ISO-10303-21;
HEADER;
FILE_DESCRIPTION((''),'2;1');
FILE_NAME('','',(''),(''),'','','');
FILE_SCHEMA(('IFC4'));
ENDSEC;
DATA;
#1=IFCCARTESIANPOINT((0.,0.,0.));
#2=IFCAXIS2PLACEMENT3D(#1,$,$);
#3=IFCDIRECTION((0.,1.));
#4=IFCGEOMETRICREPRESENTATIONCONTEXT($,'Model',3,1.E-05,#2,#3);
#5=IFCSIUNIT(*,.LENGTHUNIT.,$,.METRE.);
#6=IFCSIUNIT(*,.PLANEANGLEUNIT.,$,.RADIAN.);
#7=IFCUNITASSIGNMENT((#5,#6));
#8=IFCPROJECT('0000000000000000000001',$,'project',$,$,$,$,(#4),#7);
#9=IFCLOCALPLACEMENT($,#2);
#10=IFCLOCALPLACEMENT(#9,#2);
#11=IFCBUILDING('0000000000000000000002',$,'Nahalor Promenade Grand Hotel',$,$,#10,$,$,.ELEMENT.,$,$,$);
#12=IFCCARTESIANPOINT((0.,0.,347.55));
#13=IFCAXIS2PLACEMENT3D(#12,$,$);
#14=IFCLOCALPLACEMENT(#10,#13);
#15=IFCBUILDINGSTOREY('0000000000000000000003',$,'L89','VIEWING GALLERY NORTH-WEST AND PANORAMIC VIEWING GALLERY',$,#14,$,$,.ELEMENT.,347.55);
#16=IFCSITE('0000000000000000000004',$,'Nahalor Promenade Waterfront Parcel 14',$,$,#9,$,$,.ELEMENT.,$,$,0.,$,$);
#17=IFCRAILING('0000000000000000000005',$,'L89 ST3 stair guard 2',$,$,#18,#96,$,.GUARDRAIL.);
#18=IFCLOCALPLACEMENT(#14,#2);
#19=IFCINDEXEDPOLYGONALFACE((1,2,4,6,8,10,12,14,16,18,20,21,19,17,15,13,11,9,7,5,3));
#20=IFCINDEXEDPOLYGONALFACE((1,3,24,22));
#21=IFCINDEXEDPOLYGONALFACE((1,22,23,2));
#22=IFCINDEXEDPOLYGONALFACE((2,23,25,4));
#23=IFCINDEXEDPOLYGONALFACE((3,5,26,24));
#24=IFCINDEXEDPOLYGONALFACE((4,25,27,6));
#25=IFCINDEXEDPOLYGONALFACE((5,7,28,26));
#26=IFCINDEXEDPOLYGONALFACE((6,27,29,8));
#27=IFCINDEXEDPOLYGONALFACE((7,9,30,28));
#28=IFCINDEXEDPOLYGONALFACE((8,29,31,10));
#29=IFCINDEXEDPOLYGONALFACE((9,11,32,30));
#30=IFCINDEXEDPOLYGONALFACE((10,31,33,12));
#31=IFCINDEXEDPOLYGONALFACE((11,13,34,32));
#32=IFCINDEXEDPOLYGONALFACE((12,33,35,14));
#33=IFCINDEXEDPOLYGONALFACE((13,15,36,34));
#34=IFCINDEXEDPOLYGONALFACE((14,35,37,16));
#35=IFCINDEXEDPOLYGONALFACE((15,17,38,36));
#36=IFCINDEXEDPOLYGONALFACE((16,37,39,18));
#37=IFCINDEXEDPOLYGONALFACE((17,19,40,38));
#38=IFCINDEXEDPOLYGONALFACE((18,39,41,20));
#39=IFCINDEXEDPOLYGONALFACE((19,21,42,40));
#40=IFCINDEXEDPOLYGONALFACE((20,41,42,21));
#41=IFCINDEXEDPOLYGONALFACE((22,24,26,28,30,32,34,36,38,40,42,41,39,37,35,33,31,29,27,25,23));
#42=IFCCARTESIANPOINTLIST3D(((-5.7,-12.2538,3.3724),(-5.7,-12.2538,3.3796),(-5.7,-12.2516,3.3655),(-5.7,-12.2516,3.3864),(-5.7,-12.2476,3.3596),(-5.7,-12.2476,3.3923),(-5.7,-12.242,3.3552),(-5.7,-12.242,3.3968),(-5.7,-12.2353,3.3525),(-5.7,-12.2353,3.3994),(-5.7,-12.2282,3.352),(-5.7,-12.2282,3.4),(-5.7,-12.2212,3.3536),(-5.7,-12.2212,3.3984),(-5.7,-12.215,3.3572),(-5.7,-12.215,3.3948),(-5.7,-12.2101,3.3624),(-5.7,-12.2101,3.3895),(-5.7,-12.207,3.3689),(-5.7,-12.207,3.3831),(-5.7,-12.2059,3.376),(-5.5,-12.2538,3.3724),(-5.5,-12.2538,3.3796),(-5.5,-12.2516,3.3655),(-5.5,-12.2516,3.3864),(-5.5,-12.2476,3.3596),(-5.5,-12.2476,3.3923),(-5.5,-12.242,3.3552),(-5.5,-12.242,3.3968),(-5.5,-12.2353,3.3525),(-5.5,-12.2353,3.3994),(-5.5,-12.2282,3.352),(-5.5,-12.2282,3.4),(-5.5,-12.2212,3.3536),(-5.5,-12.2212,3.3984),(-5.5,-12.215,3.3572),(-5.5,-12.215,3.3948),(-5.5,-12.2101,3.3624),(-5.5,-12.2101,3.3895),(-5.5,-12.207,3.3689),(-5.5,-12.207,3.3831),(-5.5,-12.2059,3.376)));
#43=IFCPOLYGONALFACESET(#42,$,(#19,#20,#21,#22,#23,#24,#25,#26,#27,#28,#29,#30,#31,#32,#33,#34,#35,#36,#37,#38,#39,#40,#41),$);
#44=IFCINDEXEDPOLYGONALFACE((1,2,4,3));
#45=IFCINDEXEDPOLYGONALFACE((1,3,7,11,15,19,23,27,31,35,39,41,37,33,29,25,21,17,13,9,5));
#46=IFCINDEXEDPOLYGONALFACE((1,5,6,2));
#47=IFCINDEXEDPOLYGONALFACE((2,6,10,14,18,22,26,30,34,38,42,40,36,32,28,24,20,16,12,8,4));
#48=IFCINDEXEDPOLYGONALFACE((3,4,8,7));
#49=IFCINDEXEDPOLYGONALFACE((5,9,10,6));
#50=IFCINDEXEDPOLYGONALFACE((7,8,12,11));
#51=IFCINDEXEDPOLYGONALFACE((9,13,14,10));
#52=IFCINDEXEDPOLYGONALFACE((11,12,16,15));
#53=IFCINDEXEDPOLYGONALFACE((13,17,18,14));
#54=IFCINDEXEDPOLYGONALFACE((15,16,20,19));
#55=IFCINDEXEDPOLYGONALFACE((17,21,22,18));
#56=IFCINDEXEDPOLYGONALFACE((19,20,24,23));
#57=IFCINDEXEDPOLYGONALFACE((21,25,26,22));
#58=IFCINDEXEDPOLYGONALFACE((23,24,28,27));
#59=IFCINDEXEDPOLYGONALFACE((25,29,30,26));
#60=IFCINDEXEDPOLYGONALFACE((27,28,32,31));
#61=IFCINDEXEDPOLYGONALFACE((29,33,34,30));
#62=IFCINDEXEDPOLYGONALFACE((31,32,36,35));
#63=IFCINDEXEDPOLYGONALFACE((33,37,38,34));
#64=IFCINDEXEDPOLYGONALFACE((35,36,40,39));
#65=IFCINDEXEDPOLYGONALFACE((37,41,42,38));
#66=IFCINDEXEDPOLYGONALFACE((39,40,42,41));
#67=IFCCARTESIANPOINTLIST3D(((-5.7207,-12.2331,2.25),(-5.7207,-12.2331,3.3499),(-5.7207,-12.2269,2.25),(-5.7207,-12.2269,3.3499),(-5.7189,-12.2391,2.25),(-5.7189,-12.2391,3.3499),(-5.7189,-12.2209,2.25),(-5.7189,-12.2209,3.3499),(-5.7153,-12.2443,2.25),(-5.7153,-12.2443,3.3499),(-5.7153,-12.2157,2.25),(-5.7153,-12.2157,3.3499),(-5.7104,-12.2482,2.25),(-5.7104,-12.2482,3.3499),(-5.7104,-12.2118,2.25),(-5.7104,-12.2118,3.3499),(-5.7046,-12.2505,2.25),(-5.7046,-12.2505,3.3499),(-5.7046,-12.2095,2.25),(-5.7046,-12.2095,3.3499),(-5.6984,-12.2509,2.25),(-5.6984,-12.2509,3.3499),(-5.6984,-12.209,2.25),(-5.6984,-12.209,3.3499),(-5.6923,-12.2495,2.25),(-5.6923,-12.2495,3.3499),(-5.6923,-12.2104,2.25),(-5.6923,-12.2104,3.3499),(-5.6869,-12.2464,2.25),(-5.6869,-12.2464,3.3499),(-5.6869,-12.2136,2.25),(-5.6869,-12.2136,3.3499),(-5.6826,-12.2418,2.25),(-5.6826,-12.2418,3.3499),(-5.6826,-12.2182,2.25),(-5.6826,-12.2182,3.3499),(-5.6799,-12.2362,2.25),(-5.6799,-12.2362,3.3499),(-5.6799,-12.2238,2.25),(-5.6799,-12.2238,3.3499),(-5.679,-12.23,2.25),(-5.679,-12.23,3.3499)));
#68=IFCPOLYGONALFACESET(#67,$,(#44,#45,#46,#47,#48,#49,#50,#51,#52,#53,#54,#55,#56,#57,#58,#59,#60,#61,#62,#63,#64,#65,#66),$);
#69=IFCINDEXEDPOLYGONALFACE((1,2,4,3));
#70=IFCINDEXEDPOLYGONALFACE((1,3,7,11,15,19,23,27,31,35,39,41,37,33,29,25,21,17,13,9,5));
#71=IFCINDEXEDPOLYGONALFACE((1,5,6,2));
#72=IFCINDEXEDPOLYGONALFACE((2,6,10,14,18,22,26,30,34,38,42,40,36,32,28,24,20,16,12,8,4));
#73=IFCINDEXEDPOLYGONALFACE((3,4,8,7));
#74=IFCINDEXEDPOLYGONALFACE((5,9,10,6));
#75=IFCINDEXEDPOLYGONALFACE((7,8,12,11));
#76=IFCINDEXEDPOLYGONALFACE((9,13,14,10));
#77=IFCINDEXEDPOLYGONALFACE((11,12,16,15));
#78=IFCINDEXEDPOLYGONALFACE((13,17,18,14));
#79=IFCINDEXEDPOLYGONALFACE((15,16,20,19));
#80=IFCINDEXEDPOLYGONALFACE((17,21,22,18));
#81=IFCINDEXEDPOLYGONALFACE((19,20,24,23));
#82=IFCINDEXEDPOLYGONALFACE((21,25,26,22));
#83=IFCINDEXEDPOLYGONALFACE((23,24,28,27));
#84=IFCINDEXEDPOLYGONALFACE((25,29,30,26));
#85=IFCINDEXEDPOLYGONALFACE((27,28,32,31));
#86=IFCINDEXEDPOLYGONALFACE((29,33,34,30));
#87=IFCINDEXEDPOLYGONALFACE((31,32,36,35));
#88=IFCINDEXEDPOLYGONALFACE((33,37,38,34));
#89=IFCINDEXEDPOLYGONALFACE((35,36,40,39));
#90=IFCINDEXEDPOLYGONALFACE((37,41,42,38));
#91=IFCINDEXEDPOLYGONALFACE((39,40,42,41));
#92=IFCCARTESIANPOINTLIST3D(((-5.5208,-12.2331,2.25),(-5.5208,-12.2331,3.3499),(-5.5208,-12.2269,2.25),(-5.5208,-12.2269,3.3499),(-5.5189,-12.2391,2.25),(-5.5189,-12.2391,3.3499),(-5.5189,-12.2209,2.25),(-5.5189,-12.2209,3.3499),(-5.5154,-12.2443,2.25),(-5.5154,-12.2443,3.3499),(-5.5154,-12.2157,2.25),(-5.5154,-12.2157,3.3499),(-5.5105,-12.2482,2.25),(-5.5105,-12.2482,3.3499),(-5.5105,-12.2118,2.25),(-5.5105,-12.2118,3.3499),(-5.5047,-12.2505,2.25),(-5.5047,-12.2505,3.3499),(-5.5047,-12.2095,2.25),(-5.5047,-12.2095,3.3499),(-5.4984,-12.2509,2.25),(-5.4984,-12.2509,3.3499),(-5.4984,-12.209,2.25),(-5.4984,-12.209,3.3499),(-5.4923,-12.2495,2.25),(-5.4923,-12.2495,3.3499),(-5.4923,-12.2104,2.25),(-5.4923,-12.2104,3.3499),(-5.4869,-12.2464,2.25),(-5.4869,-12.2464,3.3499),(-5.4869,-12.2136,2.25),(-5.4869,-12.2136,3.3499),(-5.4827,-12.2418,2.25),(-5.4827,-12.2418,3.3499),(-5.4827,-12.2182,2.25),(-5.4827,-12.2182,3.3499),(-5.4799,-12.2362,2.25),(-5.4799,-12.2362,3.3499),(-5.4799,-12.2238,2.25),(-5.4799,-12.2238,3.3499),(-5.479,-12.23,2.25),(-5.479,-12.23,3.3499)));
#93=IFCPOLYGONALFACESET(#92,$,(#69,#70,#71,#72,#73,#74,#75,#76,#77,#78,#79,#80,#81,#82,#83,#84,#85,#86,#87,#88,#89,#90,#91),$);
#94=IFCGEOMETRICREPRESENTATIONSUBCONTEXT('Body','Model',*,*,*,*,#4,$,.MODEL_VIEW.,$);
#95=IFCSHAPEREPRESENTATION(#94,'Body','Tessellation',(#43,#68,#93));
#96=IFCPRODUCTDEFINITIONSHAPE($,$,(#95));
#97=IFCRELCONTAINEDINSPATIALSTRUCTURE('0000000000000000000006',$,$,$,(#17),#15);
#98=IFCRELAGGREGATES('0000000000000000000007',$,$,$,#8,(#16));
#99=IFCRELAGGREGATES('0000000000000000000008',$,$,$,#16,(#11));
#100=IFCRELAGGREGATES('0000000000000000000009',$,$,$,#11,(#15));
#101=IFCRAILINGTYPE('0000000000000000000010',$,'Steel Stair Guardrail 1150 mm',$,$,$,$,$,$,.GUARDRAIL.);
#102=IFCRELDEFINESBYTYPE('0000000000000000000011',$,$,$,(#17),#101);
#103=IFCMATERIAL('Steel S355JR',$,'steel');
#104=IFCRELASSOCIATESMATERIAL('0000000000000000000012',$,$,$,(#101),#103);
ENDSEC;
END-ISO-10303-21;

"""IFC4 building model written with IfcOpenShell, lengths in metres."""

from ifc_helpers import new_model, si_unit, direction, frame, origin, origin_2d, place, context, subcontext, project, spatial, circle, extrude, material, type_object, element, save


model = new_model("IFC4")

# Units and contexts
model_context = context("Model", 3, precision=1e-05, world=origin(), true_north=direction((0.0, 1.0)))
body_context = subcontext(model_context, "Body", "Model", "MODEL_VIEW")
ifc_project = project(units=[si_unit("LENGTHUNIT", "METRE"), si_unit("PLANEANGLEUNIT", "RADIAN")], contexts=[model_context])

# Site, building, storey
site_placement = place(None, origin())
site = spatial("IfcSite", under=ifc_project, at=site_placement, Name="Nahalor Promenade Waterfront Parcel 14", CompositionType="ELEMENT", RefElevation=0.0)
building_placement = place(site_placement, origin())
building = spatial("IfcBuilding", under=site, at=building_placement, Name="Nahalor Promenade Grand Hotel", CompositionType="ELEMENT")
storey_placement = place(building_placement, frame((0.0, 0.0, 347.55)))
storey = spatial("IfcBuildingStorey", under=building, at=storey_placement, Name="L89", Description="VIEWING GALLERY NORTH-WEST AND PANORAMIC VIEWING GALLERY", CompositionType="ELEMENT", Elevation=347.55)

# Shared definitions
ifc_material_1 = material(Name="Steel S355JR", Category="steel")

# Railing
railing_type_1 = type_object("IfcRailingType", Name="Steel Stair Guardrail 1150 mm", PredefinedType="GUARDRAIL", material=ifc_material_1)
railing_1_placement = place(storey_placement, frame((-5.7, -12.23, 2.25)))
element("IfcRailing", 1, at=railing_1_placement, inside=storey, type_object=railing_type_1, Name="L89 ST3 stair guard 2", PredefinedType="GUARDRAIL", context=body_context, shape_type="SweptSolid", body=[
    extrude(circle(Radius=0.024, at=origin_2d()), frame((0.0, 0.0, 1.126), z_axis=(1.0, 0.0, 0.0), x_axis=(0.0, 1.0, 0.0)), (0.0, 0.0, 1.0), 0.2),
    extrude(circle(Radius=0.021, at=origin_2d()), origin(), (0.0, 0.0, 1.0), 1.0999),
    extrude(circle(Radius=0.021, at=origin_2d()), frame((0.2, 0.0, 0.0)), (0.0, 0.0, 1.0), 1.0999),
])

save(model, "model.ifc")
